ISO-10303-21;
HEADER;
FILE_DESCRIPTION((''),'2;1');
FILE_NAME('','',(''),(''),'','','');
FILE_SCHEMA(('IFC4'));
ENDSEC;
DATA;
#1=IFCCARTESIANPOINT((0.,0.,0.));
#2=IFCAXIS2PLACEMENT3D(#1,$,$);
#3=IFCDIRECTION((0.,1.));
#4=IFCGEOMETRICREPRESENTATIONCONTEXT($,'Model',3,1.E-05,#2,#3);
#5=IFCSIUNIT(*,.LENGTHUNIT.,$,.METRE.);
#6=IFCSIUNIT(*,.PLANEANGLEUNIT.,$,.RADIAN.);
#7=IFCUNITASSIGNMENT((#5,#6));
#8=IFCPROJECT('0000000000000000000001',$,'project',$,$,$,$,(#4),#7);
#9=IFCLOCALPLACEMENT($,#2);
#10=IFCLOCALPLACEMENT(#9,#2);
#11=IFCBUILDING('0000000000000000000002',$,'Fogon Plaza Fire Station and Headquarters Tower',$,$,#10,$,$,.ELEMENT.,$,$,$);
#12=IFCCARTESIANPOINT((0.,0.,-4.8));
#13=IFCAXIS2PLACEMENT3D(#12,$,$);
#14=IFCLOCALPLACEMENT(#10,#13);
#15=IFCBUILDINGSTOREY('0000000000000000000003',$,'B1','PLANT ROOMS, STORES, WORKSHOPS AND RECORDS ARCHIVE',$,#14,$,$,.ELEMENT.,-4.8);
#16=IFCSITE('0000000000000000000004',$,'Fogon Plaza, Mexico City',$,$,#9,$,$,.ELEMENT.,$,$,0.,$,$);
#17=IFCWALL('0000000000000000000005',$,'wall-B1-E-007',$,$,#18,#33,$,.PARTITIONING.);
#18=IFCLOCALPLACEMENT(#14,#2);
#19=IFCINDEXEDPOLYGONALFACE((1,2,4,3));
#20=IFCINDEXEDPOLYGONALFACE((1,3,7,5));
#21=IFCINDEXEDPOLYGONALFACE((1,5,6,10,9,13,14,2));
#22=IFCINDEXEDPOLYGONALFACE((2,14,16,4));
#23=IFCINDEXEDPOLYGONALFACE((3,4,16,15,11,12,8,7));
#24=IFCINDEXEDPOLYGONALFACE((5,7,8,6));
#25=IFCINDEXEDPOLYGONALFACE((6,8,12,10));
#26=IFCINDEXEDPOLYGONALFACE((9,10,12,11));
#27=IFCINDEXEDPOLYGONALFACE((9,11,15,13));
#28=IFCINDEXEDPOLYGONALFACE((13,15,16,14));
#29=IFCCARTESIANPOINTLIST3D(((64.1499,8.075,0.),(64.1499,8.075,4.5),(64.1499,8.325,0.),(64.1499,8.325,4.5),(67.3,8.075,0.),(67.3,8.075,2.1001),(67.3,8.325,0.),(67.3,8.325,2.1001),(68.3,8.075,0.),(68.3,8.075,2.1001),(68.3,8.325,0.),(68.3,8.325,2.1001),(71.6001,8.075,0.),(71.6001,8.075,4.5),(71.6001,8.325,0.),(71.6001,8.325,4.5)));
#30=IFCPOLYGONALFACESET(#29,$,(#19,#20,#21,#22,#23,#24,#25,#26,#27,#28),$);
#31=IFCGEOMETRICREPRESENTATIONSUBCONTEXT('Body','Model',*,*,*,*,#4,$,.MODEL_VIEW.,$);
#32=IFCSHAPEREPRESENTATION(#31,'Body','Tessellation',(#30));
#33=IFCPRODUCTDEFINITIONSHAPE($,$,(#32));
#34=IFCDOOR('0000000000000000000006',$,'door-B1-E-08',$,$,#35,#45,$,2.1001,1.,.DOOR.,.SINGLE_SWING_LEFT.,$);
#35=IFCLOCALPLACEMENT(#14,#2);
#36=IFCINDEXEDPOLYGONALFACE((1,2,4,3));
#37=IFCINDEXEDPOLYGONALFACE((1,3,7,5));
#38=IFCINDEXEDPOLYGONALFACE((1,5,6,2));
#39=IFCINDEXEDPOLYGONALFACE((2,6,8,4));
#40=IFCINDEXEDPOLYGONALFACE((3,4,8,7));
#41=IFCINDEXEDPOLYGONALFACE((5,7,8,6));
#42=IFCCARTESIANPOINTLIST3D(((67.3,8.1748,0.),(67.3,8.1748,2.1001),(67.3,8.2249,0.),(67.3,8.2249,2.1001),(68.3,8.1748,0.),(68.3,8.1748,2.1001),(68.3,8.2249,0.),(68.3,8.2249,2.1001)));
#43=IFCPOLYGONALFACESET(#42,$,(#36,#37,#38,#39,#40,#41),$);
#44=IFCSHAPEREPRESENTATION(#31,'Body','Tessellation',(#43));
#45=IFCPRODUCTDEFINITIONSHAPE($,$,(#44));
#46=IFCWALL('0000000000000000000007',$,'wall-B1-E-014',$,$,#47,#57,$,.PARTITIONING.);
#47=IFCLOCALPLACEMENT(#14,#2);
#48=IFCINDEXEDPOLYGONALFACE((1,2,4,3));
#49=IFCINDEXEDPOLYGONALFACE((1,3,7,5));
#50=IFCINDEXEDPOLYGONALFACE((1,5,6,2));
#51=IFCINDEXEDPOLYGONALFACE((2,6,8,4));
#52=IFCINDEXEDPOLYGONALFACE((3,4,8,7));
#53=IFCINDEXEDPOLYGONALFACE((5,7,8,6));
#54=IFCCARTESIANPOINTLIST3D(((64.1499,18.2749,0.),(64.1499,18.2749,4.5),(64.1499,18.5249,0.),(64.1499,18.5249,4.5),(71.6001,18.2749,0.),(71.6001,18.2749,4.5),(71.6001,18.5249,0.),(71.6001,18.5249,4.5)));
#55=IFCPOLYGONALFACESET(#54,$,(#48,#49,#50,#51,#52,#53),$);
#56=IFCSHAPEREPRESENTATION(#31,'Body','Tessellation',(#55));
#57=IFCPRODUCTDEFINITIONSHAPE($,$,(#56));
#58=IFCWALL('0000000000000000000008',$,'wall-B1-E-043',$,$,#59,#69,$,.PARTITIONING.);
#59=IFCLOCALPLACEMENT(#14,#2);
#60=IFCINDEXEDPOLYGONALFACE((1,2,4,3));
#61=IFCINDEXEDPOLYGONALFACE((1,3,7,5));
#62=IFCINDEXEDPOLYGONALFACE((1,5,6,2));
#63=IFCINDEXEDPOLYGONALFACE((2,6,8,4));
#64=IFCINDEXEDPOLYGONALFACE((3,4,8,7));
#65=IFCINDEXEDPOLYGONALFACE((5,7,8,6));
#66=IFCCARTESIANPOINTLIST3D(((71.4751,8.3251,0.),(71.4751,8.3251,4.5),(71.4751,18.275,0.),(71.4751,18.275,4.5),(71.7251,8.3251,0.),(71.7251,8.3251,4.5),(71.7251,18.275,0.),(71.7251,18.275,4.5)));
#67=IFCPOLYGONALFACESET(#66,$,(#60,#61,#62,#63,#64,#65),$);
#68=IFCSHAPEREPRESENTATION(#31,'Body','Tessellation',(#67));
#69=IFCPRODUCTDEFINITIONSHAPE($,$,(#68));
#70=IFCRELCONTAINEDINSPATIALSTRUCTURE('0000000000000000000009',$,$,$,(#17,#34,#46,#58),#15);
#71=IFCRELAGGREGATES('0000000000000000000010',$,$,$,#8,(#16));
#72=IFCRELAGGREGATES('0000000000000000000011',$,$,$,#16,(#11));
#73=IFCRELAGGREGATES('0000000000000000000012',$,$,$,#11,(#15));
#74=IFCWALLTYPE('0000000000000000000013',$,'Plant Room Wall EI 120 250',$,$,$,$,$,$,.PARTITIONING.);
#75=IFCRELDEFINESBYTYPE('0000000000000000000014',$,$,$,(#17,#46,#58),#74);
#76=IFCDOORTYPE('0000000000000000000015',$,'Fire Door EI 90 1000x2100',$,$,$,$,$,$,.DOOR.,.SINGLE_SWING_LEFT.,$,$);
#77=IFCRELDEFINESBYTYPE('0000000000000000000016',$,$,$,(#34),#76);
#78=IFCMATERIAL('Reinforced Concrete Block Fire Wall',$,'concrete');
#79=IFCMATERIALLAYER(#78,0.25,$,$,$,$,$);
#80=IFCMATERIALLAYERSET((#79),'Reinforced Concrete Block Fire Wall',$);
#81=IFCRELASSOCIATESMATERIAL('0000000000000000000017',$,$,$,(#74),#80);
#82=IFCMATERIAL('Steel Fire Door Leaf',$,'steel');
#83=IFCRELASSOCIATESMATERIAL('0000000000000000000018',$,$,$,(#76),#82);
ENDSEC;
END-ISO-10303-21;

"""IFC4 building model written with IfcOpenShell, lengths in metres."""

from ifc_helpers import new_model, si_unit, direction, frame, frame_2d, origin, place, context, subcontext, project, spatial, rectangle, extrude, material, layer, layer_set, type_object, element, fill, save


model = new_model("IFC4")

# Units and contexts
model_context = context("Model", 3, precision=1e-05, world=origin(), true_north=direction((0.0, 1.0)))
body_context = subcontext(model_context, "Body", "Model", "MODEL_VIEW")
ifc_project = project(units=[si_unit("LENGTHUNIT", "METRE"), si_unit("PLANEANGLEUNIT", "RADIAN")], contexts=[model_context])

# Site, building, storey
site_placement = place(None, origin())
site = spatial("IfcSite", under=ifc_project, at=site_placement, Name="Fogon Plaza, Mexico City", CompositionType="ELEMENT", RefElevation=0.0)
building_placement = place(site_placement, origin())
building = spatial("IfcBuilding", under=site, at=building_placement, Name="Fogon Plaza Fire Station and Headquarters Tower", CompositionType="ELEMENT")
storey_placement = place(building_placement, frame((0.0, 0.0, -4.8)))
storey = spatial("IfcBuildingStorey", under=building, at=storey_placement, Name="B1", Description="PLANT ROOMS, STORES, WORKSHOPS AND RECORDS ARCHIVE", CompositionType="ELEMENT", Elevation=-4.8)

# Wall, opening, door
ifc_material_1 = material(Name="Reinforced Concrete Block Fire Wall", Category="concrete")
ifc_layer = layer(ifc_material_1, 0.25)
ifc_layer_set = layer_set([ifc_layer], Name="Reinforced Concrete Block Fire Wall")
wall_type = type_object("IfcWallType", Name="Plant Room Wall EI 120 250", PredefinedType="PARTITIONING", material=ifc_layer_set)
wall_1_placement = place(storey_placement, frame((71.6001, 8.2, 0.0), z_axis=(0.0, 0.0, 1.0), x_axis=(-1.0, 0.0, 0.0)))
wall_1 = element("IfcWall", 1, at=wall_1_placement, inside=storey, type_object=wall_type, Name="wall-B1-E-007", PredefinedType="PARTITIONING", context=body_context, shape_type="SweptSolid", body=[
    extrude(rectangle(XDim=7.4502, YDim=0.25, at=frame_2d((3.7251, 0.0))), origin(), (0.0, 0.0, 1.0), 4.5),
])
opening_placement = place(wall_1_placement, frame((3.3, 0.0, 0.0)))
opening = element("IfcOpeningElement", 2, at=opening_placement, cuts=wall_1, PredefinedType="OPENING", context=body_context, shape_type="SweptSolid", body=[
    extrude(rectangle(XDim=1.0, YDim=2.1001, at=frame_2d((0.5, 1.05))), frame((0.0, 0.135, 0.0), z_axis=(0.0, -1.0, 0.0), x_axis=(1.0, 0.0, 0.0)), (0.0, 0.0, 1.0), 0.27),
])
ifc_material_2 = material(Name="Steel Fire Door Leaf", Category="steel")
door_type = type_object("IfcDoorType", Name="Fire Door EI 90 1000x2100", OperationType="SINGLE_SWING_LEFT", PredefinedType="DOOR", material=ifc_material_2)
door_placement = place(opening_placement, frame((1.0, 0.0, 0.0), z_axis=(0.0, 0.0, 1.0), x_axis=(-1.0, 0.0, 0.0)))
door = element("IfcDoor", 3, at=door_placement, inside=storey, type_object=door_type, Name="door-B1-E-08", OperationType="SINGLE_SWING_LEFT", OverallHeight=2.1001, OverallWidth=1.0, PredefinedType="DOOR", context=body_context, shape_type="SweptSolid", body=[
    extrude(rectangle(XDim=1.0, YDim=2.1001, at=frame_2d((0.5, 1.05))), frame((0.0, 0.0249, 0.0), z_axis=(0.0, -1.0, 0.0), x_axis=(1.0, 0.0, 0.0)), (0.0, 0.0, 1.0), 0.05),
])
fill(opening, door)

# Walls
wall_2_placement = place(storey_placement, frame((71.6001, 18.3999, 0.0), z_axis=(0.0, 0.0, 1.0), x_axis=(-1.0, 0.0, 0.0)))
element("IfcWall", 4, at=wall_2_placement, inside=storey, type_object=wall_type, Name="wall-B1-E-014", PredefinedType="PARTITIONING", context=body_context, shape_type="SweptSolid", body=[
    extrude(rectangle(XDim=7.4502, YDim=0.25, at=frame_2d((3.7251, 0.0))), origin(), (0.0, 0.0, 1.0), 4.5),
])
wall_3_placement = place(storey_placement, frame((71.6001, 8.325, 0.0), z_axis=(0.0, 0.0, 1.0), x_axis=(0.0, 1.0, 0.0)))
element("IfcWall", 5, at=wall_3_placement, inside=storey, type_object=wall_type, Name="wall-B1-E-043", PredefinedType="PARTITIONING", context=body_context, shape_type="SweptSolid", body=[
    extrude(rectangle(XDim=9.95, YDim=0.25, at=frame_2d((4.9751, 0.0))), origin(), (0.0, 0.0, 1.0), 4.5),
])

save(model, "model.ifc")
